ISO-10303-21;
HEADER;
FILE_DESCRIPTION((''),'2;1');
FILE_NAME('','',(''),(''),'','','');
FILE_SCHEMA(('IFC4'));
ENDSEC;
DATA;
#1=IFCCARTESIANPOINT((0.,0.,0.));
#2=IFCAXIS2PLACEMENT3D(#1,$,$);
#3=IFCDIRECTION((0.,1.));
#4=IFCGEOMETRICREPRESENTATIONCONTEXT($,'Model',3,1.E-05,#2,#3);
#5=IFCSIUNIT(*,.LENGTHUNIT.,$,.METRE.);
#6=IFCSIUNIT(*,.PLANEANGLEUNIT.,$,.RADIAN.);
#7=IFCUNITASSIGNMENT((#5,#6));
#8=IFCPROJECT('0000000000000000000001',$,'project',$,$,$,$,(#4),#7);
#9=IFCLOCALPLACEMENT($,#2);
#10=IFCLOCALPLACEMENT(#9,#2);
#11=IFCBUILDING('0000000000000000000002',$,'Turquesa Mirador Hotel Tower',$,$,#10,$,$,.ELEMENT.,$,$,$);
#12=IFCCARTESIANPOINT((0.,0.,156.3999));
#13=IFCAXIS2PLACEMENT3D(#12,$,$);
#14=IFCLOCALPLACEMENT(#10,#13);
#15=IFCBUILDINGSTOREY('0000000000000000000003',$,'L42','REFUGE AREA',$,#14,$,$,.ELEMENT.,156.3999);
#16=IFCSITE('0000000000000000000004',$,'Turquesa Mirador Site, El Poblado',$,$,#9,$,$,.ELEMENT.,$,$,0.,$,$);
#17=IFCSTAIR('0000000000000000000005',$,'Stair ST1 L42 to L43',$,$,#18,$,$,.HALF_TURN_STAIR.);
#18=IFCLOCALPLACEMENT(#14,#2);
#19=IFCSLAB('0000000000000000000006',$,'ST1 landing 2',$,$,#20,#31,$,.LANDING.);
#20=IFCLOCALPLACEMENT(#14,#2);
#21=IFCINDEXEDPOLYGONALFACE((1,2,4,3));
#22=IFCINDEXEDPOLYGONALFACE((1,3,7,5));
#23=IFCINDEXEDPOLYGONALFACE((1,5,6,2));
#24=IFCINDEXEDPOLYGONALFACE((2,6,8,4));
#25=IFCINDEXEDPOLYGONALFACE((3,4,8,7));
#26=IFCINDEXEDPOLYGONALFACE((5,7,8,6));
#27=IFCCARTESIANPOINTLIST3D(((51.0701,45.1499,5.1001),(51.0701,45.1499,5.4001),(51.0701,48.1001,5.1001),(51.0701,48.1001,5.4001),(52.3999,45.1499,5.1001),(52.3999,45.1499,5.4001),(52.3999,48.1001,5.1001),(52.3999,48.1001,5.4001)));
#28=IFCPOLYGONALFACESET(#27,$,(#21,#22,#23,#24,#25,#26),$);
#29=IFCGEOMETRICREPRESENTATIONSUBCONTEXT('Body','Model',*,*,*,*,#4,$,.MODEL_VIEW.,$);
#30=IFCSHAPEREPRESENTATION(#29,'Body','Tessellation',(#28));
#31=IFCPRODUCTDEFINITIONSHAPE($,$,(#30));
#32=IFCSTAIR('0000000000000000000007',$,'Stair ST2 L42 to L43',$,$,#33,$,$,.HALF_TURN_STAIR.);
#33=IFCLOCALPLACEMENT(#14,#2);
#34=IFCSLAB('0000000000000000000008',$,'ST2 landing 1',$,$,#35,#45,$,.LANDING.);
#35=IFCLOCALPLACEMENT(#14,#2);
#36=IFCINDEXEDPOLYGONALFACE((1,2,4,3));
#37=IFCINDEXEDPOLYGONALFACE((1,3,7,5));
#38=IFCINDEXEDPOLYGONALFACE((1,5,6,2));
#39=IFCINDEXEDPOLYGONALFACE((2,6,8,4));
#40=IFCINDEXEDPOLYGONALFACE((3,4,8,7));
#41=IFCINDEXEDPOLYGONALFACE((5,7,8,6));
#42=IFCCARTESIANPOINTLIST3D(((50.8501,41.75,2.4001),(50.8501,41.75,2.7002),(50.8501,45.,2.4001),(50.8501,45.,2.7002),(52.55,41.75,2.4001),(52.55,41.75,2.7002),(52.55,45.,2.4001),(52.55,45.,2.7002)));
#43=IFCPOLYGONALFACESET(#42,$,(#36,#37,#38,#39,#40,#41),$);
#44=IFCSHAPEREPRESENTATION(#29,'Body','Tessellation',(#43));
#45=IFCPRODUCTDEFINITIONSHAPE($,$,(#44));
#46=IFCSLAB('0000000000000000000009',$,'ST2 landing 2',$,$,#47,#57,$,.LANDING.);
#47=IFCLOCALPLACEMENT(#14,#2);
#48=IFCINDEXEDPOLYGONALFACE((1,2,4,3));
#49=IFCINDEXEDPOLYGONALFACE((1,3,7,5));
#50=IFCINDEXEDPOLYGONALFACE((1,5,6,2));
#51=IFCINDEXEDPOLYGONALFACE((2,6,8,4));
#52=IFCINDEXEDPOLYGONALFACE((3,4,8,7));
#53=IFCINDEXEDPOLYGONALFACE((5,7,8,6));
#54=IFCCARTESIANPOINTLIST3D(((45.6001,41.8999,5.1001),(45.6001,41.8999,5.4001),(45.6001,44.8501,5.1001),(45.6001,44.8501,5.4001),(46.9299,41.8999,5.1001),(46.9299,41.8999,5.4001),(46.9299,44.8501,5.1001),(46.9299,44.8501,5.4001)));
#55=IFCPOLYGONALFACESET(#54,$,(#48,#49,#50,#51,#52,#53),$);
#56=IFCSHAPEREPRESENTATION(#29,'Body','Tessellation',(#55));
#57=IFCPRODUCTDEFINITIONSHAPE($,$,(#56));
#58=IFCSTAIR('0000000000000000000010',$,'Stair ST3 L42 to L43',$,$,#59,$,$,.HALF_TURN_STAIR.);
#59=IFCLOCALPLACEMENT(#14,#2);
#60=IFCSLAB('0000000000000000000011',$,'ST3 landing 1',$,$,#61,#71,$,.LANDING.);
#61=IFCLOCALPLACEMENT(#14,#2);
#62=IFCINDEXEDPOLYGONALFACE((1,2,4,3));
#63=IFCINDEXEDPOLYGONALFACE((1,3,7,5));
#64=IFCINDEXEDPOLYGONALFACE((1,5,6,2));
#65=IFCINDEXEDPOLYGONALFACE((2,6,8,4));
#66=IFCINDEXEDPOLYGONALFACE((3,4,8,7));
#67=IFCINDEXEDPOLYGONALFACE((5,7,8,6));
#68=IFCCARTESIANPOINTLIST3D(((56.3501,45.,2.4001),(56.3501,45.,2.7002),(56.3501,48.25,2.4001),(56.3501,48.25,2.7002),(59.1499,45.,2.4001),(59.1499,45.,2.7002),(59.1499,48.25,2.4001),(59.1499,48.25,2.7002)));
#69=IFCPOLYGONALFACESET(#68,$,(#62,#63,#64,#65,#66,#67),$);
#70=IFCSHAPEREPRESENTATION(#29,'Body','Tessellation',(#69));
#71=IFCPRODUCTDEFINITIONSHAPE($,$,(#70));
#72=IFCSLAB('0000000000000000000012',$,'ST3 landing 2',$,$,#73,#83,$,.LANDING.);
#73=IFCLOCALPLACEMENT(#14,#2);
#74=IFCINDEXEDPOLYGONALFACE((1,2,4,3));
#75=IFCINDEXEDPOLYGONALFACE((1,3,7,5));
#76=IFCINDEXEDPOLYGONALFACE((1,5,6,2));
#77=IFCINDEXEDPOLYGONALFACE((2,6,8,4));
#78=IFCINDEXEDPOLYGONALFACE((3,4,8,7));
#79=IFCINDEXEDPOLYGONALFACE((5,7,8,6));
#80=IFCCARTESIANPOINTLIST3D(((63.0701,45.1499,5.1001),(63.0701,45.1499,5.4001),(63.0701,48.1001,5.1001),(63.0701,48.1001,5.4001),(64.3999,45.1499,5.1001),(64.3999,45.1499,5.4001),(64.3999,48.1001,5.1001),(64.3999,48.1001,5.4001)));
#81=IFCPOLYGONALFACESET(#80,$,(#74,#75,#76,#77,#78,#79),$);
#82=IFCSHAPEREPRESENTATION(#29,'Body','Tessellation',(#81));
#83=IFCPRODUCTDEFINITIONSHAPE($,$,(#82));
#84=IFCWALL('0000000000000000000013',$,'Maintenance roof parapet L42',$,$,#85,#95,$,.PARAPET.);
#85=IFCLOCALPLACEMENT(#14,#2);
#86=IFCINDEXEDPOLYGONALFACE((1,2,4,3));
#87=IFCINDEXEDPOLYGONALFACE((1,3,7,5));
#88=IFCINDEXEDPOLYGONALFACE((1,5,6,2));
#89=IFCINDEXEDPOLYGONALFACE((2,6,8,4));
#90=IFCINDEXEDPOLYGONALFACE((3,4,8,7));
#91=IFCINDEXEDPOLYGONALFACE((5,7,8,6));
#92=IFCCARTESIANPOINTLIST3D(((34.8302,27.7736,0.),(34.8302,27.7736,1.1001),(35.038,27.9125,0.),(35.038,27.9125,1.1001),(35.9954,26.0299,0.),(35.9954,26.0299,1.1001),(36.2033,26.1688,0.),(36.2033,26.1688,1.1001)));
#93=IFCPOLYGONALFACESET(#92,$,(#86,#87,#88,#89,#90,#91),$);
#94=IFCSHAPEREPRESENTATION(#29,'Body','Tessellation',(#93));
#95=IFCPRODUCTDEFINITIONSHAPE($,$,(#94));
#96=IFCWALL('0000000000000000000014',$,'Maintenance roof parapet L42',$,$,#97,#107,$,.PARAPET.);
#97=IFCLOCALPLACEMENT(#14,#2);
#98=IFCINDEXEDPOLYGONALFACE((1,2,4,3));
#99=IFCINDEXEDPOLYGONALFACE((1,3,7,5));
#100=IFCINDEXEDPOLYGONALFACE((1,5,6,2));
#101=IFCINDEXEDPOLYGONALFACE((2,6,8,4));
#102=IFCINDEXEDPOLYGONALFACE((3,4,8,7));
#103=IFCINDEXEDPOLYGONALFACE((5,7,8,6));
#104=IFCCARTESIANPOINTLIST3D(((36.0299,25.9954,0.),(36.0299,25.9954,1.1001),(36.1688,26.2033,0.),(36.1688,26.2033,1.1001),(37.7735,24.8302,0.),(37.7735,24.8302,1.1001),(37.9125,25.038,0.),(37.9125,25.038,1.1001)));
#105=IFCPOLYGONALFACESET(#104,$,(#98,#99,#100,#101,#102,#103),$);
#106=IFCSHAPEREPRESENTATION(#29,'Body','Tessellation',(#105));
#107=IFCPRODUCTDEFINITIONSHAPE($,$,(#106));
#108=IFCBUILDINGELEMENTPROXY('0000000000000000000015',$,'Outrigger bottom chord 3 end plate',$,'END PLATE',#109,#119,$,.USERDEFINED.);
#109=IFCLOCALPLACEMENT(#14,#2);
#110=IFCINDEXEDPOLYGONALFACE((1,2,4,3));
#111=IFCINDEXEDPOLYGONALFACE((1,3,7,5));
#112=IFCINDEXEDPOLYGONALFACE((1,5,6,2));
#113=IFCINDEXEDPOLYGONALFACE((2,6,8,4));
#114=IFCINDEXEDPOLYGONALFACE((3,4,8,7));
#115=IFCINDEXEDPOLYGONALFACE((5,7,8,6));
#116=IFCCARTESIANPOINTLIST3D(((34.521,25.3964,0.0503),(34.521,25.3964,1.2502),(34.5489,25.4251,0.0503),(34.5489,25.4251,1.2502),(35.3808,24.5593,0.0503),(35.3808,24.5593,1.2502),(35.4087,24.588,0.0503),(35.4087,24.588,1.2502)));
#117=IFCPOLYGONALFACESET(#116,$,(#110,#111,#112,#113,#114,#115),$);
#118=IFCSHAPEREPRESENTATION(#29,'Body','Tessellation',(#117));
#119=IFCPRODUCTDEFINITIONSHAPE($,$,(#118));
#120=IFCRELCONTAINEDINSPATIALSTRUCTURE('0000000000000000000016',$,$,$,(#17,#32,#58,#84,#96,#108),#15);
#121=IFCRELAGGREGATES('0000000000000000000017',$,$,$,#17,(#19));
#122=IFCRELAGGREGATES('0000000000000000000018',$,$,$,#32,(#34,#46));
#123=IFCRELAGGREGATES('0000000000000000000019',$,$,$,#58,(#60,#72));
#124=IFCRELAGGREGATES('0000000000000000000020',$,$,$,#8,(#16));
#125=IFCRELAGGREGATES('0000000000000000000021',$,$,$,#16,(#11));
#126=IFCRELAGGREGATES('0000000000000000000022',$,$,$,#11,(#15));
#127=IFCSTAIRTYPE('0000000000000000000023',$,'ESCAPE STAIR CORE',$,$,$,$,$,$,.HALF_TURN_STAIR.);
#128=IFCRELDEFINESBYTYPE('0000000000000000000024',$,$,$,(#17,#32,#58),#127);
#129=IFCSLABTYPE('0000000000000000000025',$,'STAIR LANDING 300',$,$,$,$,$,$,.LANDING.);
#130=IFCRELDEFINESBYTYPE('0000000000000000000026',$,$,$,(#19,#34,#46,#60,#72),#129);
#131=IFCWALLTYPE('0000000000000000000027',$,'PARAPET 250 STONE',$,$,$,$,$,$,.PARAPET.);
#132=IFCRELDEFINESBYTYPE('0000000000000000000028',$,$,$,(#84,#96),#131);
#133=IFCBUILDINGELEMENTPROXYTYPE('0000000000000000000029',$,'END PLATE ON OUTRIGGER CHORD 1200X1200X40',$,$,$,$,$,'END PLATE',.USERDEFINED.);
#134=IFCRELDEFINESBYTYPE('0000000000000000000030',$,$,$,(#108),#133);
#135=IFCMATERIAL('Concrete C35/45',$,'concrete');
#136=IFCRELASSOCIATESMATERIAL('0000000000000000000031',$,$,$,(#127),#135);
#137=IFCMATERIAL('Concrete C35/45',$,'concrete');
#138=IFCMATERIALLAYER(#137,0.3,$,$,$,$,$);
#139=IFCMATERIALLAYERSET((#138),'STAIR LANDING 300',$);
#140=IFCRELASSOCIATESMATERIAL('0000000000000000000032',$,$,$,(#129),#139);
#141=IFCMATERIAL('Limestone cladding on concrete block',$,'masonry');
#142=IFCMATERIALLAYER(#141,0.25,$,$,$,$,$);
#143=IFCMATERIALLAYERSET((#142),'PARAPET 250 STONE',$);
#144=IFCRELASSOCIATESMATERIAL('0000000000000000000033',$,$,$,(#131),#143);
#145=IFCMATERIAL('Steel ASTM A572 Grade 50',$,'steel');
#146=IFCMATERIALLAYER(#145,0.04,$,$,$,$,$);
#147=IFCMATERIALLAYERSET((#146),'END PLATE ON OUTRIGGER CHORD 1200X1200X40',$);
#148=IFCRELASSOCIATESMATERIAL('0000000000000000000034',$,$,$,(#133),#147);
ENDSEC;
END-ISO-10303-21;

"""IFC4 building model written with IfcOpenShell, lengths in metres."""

from ifc_helpers import new_model, si_unit, direction, frame, frame_2d, origin, origin_2d, place, context, subcontext, project, spatial, polyline, rectangle, outline, extrude, material, layer, layer_set, type_object, element, aggregate, save


model = new_model("IFC4")

# Units and contexts
model_context = context("Model", 3, precision=1e-05, world=origin(), true_north=direction((0.0, 1.0)))
body_context = subcontext(model_context, "Body", "Model", "MODEL_VIEW")
ifc_project = project(units=[si_unit("LENGTHUNIT", "METRE"), si_unit("PLANEANGLEUNIT", "RADIAN")], contexts=[model_context])

# Site, building, storey
site_placement = place(None, origin())
site = spatial("IfcSite", under=ifc_project, at=site_placement, Name="Turquesa Mirador Site, El Poblado", CompositionType="ELEMENT", RefElevation=0.0)
building_placement = place(site_placement, origin())
building = spatial("IfcBuilding", under=site, at=building_placement, Name="Turquesa Mirador Hotel Tower", CompositionType="ELEMENT")
storey_placement = place(building_placement, frame((0.0, 0.0, 156.3999)))
storey = spatial("IfcBuildingStorey", under=building, at=storey_placement, Name="L42", Description="REFUGE AREA", CompositionType="ELEMENT", Elevation=156.3999)

# Stairs, slabs
ifc_material_1 = material(Name="Concrete C35/45", Category="concrete")
stair_type = type_object("IfcStairType", Name="ESCAPE STAIR CORE", PredefinedType="HALF_TURN_STAIR", material=ifc_material_1)
stair_1_placement = place(storey_placement, origin())
stair_1 = element("IfcStair", 1, at=stair_1_placement, inside=storey, type_object=stair_type, Name="Stair ST1 L42 to L43", PredefinedType="HALF_TURN_STAIR")
ifc_material_2 = material(Name="Concrete C35/45", Category="concrete")
ifc_layer_1 = layer(ifc_material_2, 0.3)
ifc_layer_set_1 = layer_set([ifc_layer_1], Name="STAIR LANDING 300")
slab_type_1 = type_object("IfcSlabType", Name="STAIR LANDING 300", PredefinedType="LANDING", material=ifc_layer_set_1)
slab_1_placement = place(storey_placement, frame((0.0, 0.0, 5.1001)))
slab_1 = element("IfcSlab", 2, at=slab_1_placement, type_object=slab_type_1, Name="ST1 landing 2", PredefinedType="LANDING", context=body_context, shape_type="SweptSolid", body=[
    extrude(outline(polyline([(51.0701, 45.1499), (52.3999, 45.1499), (52.3999, 48.1001), (51.0701, 48.1001), (51.0701, 45.1499)])), origin(), (0.0, 0.0, 1.0), 0.3),
])
aggregate(stair_1, [slab_1])
stair_2_placement = place(storey_placement, origin())
stair_2 = element("IfcStair", 3, at=stair_2_placement, inside=storey, type_object=stair_type, Name="Stair ST2 L42 to L43", PredefinedType="HALF_TURN_STAIR")
slab_2_placement = place(storey_placement, frame((0.0, 0.0, 2.4001)))
slab_2 = element("IfcSlab", 4, at=slab_2_placement, type_object=slab_type_1, Name="ST2 landing 1", PredefinedType="LANDING", context=body_context, shape_type="SweptSolid", body=[
    extrude(outline(polyline([(52.55, 45.0), (50.8501, 45.0), (50.8501, 41.75), (52.55, 41.75), (52.55, 45.0)])), origin(), (0.0, 0.0, 1.0), 0.3),
])
slab_3_placement = place(storey_placement, frame((0.0, 0.0, 5.1001)))
slab_3 = element("IfcSlab", 5, at=slab_3_placement, type_object=slab_type_1, Name="ST2 landing 2", PredefinedType="LANDING", context=body_context, shape_type="SweptSolid", body=[
    extrude(outline(polyline([(46.9299, 44.8501), (45.6001, 44.8501), (45.6001, 41.8999), (46.9299, 41.8999), (46.9299, 44.8501)])), origin(), (0.0, 0.0, 1.0), 0.3),
])
aggregate(stair_2, [slab_2, slab_3])
stair_3_placement = place(storey_placement, origin())
stair_3 = element("IfcStair", 6, at=stair_3_placement, inside=storey, type_object=stair_type, Name="Stair ST3 L42 to L43", PredefinedType="HALF_TURN_STAIR")
slab_4_placement = place(storey_placement, frame((0.0, 0.0, 2.4001)))
slab_4 = element("IfcSlab", 7, at=slab_4_placement, type_object=slab_type_1, Name="ST3 landing 1", PredefinedType="LANDING", context=body_context, shape_type="SweptSolid", body=[
    extrude(outline(polyline([(56.3501, 45.0), (59.1499, 45.0), (59.1499, 48.25), (56.3501, 48.25), (56.3501, 45.0)])), origin(), (0.0, 0.0, 1.0), 0.3),
])
slab_5_placement = place(storey_placement, frame((0.0, 0.0, 5.1001)))
slab_5 = element("IfcSlab", 8, at=slab_5_placement, type_object=slab_type_1, Name="ST3 landing 2", PredefinedType="LANDING", context=body_context, shape_type="SweptSolid", body=[
    extrude(outline(polyline([(63.0701, 45.1499), (64.3999, 45.1499), (64.3999, 48.1001), (63.0701, 48.1001), (63.0701, 45.1499)])), origin(), (0.0, 0.0, 1.0), 0.3),
])
aggregate(stair_3, [slab_4, slab_5])

# Walls
ifc_material_3 = material(Name="Limestone cladding on concrete block", Category="masonry")
ifc_layer_2 = layer(ifc_material_3, 0.25)
ifc_layer_set_2 = layer_set([ifc_layer_2], Name="PARAPET 250 STONE")
wall_type = type_object("IfcWallType", Name="PARAPET 250 STONE", PredefinedType="PARAPET", material=ifc_layer_set_2)
for number, where, z_axis, x_axis, name in (
    (9, (34.9341, 27.843, 0.0), (0.0, 0.0, 1.0), (0.55564, -0.831423, 0.0), "Maintenance roof parapet L42"),
    (10, (36.0994, 26.0994, 0.0), (0.0, 0.0, 1.0), (0.831423, -0.55564, 0.0), "Maintenance roof parapet L42"),
):
    element("IfcWall", number, at=place(storey_placement, frame(where, z_axis=z_axis, x_axis=x_axis)), inside=storey, type_object=wall_type, Name=name, PredefinedType="PARAPET", context=body_context, shape_type="SweptSolid", body=[
        extrude(rectangle(XDim=2.0972, YDim=0.25, at=frame_2d((1.0486, 0.0))), origin(), (0.0, 0.0, 1.0), 1.1001),
    ])

# Building element proxy
ifc_material_4 = material(Name="Steel ASTM A572 Grade 50", Category="steel")
ifc_layer_3 = layer(ifc_material_4, 0.04)
ifc_layer_set_3 = layer_set([ifc_layer_3], Name="END PLATE ON OUTRIGGER CHORD 1200X1200X40")
building_element_proxy_type = type_object("IfcBuildingElementProxyType", Name="END PLATE ON OUTRIGGER CHORD 1200X1200X40", ElementType="END PLATE", PredefinedType="USERDEFINED", material=ifc_layer_set_3)
proxy_placement = place(storey_placement, frame((34.9648, 24.9922, 0.0503), z_axis=(0.0, 0.0, 1.0), x_axis=(-0.697568, -0.716518, 0.0)))
element("IfcBuildingElementProxy", 11, at=proxy_placement, inside=storey, type_object=building_element_proxy_type, Name="Outrigger bottom chord 3 end plate", ObjectType="END PLATE", PredefinedType="USERDEFINED", context=body_context, shape_type="SweptSolid", body=[
    extrude(rectangle(XDim=0.04, YDim=1.2, at=origin_2d()), origin(), (0.0, 0.0, 1.0), 1.2),
])

save(model, "model.ifc")
